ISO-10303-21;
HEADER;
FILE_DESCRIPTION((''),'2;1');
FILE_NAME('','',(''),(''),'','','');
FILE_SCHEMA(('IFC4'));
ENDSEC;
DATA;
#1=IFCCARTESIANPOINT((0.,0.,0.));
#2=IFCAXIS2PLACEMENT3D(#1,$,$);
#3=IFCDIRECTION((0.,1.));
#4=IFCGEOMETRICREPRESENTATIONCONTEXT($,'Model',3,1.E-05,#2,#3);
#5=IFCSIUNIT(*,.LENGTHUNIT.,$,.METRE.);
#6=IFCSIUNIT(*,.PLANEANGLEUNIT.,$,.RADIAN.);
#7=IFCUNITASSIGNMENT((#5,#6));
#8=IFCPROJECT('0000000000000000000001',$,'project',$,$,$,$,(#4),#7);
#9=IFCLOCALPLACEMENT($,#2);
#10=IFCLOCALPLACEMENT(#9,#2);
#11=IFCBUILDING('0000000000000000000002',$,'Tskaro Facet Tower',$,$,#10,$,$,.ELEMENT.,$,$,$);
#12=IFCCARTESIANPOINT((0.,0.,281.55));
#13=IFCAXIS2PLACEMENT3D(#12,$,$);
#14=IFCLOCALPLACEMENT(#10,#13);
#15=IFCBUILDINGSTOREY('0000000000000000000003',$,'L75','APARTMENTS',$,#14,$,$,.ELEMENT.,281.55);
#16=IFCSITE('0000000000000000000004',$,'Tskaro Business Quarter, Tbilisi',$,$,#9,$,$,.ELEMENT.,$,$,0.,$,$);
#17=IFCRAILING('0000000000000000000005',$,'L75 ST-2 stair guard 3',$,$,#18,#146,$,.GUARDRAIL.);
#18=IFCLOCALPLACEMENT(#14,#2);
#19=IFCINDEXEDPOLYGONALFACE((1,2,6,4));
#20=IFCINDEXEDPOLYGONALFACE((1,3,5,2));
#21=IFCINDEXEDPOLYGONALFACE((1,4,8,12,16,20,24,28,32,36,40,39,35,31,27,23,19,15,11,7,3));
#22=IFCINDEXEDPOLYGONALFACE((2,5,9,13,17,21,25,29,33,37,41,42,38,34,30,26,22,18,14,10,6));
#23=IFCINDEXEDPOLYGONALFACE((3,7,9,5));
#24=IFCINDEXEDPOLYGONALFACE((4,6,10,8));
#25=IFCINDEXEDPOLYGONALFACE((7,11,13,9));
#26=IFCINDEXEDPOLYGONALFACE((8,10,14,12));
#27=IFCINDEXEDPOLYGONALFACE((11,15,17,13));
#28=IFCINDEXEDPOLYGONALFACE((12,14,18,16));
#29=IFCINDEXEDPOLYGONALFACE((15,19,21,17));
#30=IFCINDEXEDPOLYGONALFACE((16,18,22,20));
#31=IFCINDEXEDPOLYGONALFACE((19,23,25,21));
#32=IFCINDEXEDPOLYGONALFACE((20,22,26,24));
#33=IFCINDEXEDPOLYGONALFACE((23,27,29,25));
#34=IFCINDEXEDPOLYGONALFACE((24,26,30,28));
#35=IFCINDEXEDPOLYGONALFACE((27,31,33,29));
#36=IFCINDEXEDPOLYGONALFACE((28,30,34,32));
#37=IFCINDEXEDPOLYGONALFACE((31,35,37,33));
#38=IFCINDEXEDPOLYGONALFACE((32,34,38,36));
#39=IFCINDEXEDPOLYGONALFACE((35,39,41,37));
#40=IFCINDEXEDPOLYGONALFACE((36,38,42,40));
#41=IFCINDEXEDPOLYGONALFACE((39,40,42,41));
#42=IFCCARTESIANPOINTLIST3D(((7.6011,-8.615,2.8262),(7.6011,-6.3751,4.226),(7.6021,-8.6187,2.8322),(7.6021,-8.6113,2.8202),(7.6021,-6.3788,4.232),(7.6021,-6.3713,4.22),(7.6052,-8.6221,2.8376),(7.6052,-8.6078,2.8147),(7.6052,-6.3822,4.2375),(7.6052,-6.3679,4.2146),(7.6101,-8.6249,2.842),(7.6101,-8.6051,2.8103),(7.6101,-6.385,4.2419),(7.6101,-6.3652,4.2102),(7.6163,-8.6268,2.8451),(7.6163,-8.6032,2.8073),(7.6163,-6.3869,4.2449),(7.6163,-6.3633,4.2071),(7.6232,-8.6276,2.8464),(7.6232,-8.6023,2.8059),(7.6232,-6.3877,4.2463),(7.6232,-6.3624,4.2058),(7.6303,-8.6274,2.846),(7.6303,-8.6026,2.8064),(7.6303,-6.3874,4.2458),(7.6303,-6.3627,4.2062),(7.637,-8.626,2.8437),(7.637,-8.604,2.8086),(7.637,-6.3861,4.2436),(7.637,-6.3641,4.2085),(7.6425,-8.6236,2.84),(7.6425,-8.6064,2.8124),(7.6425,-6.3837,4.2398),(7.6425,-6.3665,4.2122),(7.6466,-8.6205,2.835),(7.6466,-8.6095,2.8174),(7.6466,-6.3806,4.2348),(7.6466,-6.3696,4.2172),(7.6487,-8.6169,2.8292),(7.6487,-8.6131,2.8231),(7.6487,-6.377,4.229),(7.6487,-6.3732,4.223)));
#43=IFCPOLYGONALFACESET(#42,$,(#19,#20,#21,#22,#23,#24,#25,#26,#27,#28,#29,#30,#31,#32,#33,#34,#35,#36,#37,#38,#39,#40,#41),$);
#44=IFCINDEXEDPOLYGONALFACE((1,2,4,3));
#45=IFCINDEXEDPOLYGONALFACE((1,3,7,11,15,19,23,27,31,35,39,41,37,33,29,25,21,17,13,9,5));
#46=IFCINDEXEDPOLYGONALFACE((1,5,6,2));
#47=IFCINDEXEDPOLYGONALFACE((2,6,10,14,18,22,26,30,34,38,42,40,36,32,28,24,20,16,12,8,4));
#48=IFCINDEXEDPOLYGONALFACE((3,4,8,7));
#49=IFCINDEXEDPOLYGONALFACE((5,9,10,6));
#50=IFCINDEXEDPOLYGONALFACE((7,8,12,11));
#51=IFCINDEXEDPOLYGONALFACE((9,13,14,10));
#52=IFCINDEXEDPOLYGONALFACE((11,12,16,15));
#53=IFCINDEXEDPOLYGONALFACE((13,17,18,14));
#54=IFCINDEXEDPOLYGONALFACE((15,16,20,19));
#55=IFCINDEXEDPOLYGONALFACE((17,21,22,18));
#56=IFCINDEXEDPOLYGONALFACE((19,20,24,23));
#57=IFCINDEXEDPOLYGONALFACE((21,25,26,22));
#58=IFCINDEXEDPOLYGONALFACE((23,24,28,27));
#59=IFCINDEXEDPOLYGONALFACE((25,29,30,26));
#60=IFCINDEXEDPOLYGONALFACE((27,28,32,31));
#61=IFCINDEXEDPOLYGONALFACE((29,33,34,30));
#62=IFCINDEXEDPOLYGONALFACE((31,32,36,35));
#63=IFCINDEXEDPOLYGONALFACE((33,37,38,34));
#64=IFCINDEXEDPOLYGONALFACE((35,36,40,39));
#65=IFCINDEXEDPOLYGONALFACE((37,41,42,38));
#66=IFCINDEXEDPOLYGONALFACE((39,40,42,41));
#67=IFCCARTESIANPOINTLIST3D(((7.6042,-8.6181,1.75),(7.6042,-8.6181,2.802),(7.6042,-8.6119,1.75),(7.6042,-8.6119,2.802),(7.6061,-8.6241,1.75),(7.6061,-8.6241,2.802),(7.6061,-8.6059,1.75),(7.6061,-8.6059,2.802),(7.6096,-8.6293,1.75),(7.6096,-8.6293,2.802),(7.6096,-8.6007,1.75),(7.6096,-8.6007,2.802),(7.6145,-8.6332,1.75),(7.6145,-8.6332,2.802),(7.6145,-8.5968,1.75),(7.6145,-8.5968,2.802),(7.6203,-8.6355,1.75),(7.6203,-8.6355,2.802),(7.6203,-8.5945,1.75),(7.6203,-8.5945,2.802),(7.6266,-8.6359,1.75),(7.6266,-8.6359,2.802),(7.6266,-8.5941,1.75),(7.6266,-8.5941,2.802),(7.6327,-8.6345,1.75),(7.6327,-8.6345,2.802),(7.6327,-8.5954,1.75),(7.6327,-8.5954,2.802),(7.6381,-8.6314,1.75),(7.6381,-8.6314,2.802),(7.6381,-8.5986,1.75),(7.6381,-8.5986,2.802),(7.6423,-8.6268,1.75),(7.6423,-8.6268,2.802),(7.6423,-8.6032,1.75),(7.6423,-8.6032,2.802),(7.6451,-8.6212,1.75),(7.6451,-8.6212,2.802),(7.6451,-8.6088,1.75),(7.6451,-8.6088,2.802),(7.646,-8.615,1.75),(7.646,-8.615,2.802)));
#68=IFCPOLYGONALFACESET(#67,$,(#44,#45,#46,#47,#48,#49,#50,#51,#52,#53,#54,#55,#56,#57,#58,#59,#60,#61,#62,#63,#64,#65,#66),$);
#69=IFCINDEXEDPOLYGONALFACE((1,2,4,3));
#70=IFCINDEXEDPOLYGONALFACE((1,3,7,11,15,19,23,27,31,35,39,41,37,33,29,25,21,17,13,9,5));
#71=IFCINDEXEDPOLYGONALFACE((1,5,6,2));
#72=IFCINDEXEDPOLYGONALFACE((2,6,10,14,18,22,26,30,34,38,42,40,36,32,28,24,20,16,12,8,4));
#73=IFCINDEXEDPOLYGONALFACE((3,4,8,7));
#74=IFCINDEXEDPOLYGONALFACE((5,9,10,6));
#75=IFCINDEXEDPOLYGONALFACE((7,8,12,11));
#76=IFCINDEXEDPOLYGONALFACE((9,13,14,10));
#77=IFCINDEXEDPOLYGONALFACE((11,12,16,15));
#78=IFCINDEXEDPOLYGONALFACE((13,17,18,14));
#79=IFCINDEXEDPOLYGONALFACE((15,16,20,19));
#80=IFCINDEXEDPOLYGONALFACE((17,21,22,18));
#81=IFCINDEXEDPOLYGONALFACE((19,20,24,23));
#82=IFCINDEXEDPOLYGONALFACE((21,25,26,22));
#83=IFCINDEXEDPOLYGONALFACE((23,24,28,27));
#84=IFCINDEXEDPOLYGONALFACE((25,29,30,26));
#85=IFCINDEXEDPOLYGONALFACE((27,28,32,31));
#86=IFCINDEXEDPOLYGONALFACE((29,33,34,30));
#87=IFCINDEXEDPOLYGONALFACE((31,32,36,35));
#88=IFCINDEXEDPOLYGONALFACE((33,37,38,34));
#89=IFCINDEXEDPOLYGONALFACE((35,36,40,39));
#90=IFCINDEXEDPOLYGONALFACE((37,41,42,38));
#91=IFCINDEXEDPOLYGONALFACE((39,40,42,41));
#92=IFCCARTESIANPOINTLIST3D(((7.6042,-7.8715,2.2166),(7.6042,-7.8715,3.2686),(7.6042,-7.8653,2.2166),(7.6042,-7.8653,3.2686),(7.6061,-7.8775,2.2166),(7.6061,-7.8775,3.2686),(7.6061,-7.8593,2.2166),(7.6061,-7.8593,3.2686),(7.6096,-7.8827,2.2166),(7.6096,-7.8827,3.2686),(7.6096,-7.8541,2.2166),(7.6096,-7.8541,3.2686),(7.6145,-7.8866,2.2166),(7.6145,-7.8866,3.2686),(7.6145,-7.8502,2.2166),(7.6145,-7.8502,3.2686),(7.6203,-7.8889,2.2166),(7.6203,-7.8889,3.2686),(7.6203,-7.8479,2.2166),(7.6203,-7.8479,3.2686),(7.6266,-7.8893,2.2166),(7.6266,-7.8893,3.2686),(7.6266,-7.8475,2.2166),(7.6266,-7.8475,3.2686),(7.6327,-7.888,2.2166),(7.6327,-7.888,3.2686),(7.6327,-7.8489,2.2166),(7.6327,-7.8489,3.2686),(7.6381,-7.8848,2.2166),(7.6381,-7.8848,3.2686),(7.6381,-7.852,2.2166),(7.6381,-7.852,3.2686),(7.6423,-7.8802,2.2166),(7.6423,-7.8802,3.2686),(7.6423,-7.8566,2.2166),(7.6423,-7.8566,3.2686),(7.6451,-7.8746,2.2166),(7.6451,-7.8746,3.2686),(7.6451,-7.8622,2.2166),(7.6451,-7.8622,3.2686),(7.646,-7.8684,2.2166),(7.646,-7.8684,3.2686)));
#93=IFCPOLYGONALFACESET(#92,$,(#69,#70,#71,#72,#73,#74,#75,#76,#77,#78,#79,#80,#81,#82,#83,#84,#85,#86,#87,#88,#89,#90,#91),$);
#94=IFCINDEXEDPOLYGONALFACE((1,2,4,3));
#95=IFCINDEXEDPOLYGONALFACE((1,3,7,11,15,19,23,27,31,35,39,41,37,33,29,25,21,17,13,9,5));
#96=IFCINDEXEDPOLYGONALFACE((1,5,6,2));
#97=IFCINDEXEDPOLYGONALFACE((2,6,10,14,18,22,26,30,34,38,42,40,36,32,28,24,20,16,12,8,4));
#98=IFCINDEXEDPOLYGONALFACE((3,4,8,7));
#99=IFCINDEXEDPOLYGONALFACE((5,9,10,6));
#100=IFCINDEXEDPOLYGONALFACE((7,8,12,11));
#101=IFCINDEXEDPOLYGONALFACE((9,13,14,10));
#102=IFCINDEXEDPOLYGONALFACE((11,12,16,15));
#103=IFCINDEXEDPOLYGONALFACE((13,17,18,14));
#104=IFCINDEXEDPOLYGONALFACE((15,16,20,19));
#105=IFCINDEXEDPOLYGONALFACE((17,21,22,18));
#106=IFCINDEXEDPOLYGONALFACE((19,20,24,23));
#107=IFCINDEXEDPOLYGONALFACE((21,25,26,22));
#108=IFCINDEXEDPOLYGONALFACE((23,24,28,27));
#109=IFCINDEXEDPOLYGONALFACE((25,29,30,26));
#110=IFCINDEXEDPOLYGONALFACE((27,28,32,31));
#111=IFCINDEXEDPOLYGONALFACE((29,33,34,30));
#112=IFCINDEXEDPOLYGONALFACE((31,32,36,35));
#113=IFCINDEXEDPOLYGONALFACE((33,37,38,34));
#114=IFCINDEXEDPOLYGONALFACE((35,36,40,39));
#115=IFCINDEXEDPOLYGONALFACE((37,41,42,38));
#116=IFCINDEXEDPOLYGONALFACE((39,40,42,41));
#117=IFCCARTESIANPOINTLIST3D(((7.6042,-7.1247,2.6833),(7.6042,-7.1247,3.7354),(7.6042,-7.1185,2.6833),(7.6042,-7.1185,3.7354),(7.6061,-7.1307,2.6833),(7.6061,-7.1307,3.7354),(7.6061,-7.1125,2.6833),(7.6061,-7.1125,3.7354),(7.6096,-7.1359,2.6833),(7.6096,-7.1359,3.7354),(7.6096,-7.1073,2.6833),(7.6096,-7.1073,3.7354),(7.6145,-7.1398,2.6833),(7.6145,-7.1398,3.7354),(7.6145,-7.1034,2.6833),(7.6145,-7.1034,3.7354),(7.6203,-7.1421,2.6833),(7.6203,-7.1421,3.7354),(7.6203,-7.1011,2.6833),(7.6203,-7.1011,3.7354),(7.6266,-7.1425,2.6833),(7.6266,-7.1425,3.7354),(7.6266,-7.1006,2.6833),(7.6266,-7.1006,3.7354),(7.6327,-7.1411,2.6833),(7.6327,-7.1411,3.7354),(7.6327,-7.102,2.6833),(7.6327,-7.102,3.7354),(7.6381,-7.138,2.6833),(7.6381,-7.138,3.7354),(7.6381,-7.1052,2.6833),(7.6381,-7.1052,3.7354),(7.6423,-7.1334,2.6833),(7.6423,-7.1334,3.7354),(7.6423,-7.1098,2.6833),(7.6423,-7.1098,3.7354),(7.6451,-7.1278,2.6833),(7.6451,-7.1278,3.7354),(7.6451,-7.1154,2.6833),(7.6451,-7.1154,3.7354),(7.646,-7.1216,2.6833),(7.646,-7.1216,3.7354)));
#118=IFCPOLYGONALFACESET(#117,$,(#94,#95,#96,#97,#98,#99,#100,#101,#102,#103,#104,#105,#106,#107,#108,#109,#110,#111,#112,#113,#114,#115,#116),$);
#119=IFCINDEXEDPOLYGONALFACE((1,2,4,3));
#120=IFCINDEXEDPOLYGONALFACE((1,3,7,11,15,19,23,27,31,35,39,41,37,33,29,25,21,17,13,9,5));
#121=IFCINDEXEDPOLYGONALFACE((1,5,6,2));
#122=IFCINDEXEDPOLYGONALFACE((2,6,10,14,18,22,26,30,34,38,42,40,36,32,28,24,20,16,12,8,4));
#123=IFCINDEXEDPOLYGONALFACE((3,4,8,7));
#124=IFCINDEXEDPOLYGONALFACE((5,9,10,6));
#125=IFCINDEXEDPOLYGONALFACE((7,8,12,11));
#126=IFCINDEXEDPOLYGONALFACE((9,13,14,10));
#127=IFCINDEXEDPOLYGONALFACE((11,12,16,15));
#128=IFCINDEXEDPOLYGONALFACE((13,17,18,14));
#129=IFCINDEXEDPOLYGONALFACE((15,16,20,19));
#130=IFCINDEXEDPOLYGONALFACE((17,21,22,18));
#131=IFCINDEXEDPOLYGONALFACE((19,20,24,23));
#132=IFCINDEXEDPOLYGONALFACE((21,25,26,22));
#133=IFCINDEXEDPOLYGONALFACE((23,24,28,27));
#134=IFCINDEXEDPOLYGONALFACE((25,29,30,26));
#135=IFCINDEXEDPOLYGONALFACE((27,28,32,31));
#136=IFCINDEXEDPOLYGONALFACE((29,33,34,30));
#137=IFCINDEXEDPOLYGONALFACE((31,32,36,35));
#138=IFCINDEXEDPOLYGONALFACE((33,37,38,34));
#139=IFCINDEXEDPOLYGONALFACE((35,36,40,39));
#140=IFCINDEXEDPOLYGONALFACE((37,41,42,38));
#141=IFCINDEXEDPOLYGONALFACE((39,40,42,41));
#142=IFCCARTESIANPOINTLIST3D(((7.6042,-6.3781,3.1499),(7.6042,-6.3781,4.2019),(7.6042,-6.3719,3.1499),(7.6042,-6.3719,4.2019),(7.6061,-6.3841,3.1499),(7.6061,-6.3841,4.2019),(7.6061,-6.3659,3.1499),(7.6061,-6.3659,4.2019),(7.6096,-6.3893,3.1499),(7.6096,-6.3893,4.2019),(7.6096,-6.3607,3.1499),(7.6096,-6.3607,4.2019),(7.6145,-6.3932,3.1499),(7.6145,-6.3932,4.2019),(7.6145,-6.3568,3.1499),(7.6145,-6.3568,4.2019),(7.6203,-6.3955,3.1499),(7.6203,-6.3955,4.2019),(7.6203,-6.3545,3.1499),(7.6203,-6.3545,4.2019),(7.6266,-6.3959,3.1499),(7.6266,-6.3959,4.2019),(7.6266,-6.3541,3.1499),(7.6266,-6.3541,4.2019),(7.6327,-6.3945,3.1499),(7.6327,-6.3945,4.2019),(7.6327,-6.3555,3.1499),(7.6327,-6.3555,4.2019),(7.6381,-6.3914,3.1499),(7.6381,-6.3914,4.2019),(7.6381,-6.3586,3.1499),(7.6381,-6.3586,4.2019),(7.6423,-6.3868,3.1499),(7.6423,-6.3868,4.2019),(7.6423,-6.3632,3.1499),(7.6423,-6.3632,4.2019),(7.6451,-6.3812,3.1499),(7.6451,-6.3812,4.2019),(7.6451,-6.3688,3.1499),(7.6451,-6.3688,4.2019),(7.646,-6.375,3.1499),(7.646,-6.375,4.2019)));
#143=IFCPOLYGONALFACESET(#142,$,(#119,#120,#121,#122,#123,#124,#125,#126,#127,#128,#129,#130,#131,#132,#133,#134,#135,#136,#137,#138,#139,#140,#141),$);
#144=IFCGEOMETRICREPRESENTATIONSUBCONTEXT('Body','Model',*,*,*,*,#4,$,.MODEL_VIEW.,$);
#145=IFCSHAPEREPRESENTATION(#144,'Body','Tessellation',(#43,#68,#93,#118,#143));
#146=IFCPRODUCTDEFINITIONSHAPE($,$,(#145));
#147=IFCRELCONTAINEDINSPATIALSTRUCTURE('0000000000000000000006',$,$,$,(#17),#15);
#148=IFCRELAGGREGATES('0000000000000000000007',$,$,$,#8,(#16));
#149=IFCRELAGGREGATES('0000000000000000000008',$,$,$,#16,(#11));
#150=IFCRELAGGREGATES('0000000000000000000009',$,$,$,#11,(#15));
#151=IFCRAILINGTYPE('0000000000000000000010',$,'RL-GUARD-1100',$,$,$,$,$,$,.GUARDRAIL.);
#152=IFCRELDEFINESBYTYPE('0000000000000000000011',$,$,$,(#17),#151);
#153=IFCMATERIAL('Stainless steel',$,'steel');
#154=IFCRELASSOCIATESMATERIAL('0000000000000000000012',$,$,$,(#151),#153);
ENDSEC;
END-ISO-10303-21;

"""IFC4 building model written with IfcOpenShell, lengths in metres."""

from ifc_helpers import new_model, si_unit, direction, frame, origin, origin_2d, place, context, subcontext, project, spatial, circle, extrude, material, type_object, element, save


model = new_model("IFC4")

# Units and contexts
model_context = context("Model", 3, precision=1e-05, world=origin(), true_north=direction((0.0, 1.0)))
body_context = subcontext(model_context, "Body", "Model", "MODEL_VIEW")
ifc_project = project(units=[si_unit("LENGTHUNIT", "METRE"), si_unit("PLANEANGLEUNIT", "RADIAN")], contexts=[model_context])

# Site, building, storey
site_placement = place(None, origin())
site = spatial("IfcSite", under=ifc_project, at=site_placement, Name="Tskaro Business Quarter, Tbilisi", CompositionType="ELEMENT", RefElevation=0.0)
building_placement = place(site_placement, origin())
building = spatial("IfcBuilding", under=site, at=building_placement, Name="Tskaro Facet Tower", CompositionType="ELEMENT")
storey_placement = place(building_placement, frame((0.0, 0.0, 281.55)))
storey = spatial("IfcBuildingStorey", under=building, at=storey_placement, Name="L75", Description="APARTMENTS", CompositionType="ELEMENT", Elevation=281.55)

# Railing
ifc_material_1 = material(Name="Stainless steel", Category="steel")
railing_type_1 = type_object("IfcRailingType", Name="RL-GUARD-1100", PredefinedType="GUARDRAIL", material=ifc_material_1)
railing_1_placement = place(storey_placement, frame((7.625, -8.615, 1.75)))
element("IfcRailing", 1, at=railing_1_placement, inside=storey, type_object=railing_type_1, Name="L75 ST-2 stair guard 3", PredefinedType="GUARDRAIL", context=body_context, shape_type="SweptSolid", body=[
    extrude(circle(Radius=0.0239, at=origin_2d()), frame((0.0, 0.0, 1.0762), z_axis=(0.0, 0.848014, 0.529974), x_axis=(-1.0, 0.0, 0.0)), (0.0, 0.0, 1.0), 2.6414),
    extrude(circle(Radius=0.021, at=origin_2d()), origin(), (0.0, 0.0, 1.0), 1.052),
    extrude(circle(Radius=0.021, at=origin_2d()), frame((0.0, 0.7466, 0.4666)), (0.0, 0.0, 1.0), 1.052),
    extrude(circle(Radius=0.021, at=origin_2d()), frame((0.0, 1.4934, 0.9333)), (0.0, 0.0, 1.0), 1.052),
    extrude(circle(Radius=0.021, at=origin_2d()), frame((0.0, 2.24, 1.3999)), (0.0, 0.0, 1.0), 1.052),
])

save(model, "model.ifc")
